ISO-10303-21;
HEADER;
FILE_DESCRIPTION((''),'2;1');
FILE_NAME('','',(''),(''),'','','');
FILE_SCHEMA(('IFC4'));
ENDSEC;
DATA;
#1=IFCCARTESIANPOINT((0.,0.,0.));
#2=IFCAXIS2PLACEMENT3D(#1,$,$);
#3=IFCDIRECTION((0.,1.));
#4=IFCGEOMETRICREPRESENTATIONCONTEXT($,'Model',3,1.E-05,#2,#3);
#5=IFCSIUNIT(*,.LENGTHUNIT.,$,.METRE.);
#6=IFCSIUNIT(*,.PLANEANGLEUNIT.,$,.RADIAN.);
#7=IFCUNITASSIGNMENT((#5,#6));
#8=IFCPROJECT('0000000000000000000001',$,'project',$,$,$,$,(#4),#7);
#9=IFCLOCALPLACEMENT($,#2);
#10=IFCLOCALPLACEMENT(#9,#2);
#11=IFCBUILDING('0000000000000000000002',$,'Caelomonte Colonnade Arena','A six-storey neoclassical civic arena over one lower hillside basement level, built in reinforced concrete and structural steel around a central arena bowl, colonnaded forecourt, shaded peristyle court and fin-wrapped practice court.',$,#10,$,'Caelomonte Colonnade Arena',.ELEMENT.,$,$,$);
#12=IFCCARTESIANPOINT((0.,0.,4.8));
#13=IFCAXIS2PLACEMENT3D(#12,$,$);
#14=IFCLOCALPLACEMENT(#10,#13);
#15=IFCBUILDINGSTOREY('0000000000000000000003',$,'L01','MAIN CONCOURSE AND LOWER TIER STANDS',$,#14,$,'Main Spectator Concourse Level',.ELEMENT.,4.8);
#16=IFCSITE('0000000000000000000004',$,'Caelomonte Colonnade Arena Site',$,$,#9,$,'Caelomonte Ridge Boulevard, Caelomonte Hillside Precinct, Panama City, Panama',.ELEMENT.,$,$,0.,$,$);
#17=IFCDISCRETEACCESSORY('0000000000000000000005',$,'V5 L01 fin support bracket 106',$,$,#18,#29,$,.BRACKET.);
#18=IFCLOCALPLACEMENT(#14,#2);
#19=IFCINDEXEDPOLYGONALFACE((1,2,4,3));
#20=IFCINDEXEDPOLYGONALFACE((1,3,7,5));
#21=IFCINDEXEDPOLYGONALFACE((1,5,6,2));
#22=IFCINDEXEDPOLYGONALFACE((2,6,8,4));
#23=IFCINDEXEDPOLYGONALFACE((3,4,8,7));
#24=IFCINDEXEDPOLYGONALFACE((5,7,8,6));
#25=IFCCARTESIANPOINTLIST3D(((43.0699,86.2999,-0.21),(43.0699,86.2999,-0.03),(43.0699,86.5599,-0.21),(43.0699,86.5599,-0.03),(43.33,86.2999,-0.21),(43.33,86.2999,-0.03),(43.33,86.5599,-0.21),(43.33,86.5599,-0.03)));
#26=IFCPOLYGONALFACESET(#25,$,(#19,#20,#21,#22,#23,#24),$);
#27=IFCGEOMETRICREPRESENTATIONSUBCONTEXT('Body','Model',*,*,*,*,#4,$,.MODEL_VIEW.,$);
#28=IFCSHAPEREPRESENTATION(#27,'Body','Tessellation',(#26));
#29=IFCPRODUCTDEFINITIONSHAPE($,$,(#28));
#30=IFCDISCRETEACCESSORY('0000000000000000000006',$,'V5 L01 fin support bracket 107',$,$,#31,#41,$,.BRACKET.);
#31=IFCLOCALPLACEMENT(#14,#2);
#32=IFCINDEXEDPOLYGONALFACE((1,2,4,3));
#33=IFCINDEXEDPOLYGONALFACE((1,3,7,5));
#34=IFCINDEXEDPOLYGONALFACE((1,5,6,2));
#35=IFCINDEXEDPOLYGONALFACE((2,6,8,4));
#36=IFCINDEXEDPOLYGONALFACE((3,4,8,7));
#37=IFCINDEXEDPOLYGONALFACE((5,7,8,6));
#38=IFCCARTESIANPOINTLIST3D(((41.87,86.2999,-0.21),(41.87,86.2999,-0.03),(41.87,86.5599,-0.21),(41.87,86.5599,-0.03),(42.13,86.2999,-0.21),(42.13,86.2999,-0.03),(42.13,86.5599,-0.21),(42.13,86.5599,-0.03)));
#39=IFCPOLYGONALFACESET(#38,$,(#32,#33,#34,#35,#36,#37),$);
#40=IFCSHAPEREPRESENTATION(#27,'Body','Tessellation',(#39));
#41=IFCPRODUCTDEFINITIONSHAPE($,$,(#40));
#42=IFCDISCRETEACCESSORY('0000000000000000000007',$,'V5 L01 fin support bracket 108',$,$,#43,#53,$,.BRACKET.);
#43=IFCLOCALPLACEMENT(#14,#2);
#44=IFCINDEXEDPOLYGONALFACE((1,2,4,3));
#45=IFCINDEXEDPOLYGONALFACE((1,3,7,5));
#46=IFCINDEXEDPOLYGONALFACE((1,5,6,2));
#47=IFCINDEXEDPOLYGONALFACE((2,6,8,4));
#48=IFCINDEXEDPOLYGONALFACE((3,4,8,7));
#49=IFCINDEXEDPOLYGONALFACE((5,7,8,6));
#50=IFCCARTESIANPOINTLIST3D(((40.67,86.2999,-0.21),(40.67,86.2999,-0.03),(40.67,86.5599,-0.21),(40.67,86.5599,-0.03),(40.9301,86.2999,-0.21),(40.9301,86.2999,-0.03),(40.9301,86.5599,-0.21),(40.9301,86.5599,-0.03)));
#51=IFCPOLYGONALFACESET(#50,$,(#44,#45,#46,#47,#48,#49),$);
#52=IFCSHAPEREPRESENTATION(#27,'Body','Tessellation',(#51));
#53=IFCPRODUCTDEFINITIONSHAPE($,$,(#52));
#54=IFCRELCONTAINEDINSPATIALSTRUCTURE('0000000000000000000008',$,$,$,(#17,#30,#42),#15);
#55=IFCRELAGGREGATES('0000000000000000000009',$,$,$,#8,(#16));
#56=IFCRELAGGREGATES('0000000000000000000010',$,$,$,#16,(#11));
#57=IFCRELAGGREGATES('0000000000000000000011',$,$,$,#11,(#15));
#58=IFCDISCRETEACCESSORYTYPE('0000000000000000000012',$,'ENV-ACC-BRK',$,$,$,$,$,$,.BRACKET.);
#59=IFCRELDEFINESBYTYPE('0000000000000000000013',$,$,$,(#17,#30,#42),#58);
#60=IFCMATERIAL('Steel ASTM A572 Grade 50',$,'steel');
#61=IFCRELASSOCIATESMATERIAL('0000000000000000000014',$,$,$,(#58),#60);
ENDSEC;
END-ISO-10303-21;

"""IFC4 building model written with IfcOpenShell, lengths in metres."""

from ifc_helpers import new_model, si_unit, direction, frame, origin, origin_2d, place, context, subcontext, project, spatial, rectangle, extrude, material, type_object, element, save


model = new_model("IFC4")

# Units and contexts
model_context = context("Model", 3, precision=1e-05, world=origin(), true_north=direction((0.0, 1.0)))
body_context = subcontext(model_context, "Body", "Model", "MODEL_VIEW")
ifc_project = project(units=[si_unit("LENGTHUNIT", "METRE"), si_unit("PLANEANGLEUNIT", "RADIAN")], contexts=[model_context])

# Site, building, storey
site_placement = place(None, origin())
site = spatial("IfcSite", under=ifc_project, at=site_placement, Name="Caelomonte Colonnade Arena Site", LongName="Caelomonte Ridge Boulevard, Caelomonte Hillside Precinct, Panama City, Panama", CompositionType="ELEMENT", RefElevation=0.0)
building_placement = place(site_placement, origin())
building = spatial("IfcBuilding", under=site, at=building_placement, Name="Caelomonte Colonnade Arena", Description="A six-storey neoclassical civic arena over one lower hillside basement level, built in reinforced concrete and structural steel around a central arena bowl, colonnaded forecourt, shaded peristyle court and fin-wrapped practice court.", LongName="Caelomonte Colonnade Arena", CompositionType="ELEMENT")
storey_placement = place(building_placement, frame((0.0, 0.0, 4.8)))
storey = spatial("IfcBuildingStorey", under=building, at=storey_placement, Name="L01", Description="MAIN CONCOURSE AND LOWER TIER STANDS", LongName="Main Spectator Concourse Level", CompositionType="ELEMENT", Elevation=4.8)

# Discrete accessories
ifc_material_1 = material(Name="Steel ASTM A572 Grade 50", Category="steel")
discrete_accessory_type = type_object("IfcDiscreteAccessoryType", Name="ENV-ACC-BRK", PredefinedType="BRACKET", material=ifc_material_1)
for number, where, z_axis, x_axis, name in (
    (1, (43.2, 86.4299, -0.21), (0.0, 0.0, 1.0), (-1.0, 0.0, 0.0), "V5 L01 fin support bracket 106"),
    (2, (42.0, 86.4299, -0.21), (0.0, 0.0, 1.0), (-1.0, 0.0, 0.0), "V5 L01 fin support bracket 107"),
    (3, (40.8, 86.4299, -0.21), (0.0, 0.0, 1.0), (-1.0, 0.0, 0.0), "V5 L01 fin support bracket 108"),
):
    element("IfcDiscreteAccessory", number, at=place(storey_placement, frame(where, z_axis=z_axis, x_axis=x_axis)), inside=storey, type_object=discrete_accessory_type, Name=name, PredefinedType="BRACKET", context=body_context, shape_type="SweptSolid", body=[
        extrude(rectangle(XDim=0.26, YDim=0.26, at=origin_2d()), origin(), (0.0, 0.0, 1.0), 0.1799),
    ])

save(model, "model.ifc")
